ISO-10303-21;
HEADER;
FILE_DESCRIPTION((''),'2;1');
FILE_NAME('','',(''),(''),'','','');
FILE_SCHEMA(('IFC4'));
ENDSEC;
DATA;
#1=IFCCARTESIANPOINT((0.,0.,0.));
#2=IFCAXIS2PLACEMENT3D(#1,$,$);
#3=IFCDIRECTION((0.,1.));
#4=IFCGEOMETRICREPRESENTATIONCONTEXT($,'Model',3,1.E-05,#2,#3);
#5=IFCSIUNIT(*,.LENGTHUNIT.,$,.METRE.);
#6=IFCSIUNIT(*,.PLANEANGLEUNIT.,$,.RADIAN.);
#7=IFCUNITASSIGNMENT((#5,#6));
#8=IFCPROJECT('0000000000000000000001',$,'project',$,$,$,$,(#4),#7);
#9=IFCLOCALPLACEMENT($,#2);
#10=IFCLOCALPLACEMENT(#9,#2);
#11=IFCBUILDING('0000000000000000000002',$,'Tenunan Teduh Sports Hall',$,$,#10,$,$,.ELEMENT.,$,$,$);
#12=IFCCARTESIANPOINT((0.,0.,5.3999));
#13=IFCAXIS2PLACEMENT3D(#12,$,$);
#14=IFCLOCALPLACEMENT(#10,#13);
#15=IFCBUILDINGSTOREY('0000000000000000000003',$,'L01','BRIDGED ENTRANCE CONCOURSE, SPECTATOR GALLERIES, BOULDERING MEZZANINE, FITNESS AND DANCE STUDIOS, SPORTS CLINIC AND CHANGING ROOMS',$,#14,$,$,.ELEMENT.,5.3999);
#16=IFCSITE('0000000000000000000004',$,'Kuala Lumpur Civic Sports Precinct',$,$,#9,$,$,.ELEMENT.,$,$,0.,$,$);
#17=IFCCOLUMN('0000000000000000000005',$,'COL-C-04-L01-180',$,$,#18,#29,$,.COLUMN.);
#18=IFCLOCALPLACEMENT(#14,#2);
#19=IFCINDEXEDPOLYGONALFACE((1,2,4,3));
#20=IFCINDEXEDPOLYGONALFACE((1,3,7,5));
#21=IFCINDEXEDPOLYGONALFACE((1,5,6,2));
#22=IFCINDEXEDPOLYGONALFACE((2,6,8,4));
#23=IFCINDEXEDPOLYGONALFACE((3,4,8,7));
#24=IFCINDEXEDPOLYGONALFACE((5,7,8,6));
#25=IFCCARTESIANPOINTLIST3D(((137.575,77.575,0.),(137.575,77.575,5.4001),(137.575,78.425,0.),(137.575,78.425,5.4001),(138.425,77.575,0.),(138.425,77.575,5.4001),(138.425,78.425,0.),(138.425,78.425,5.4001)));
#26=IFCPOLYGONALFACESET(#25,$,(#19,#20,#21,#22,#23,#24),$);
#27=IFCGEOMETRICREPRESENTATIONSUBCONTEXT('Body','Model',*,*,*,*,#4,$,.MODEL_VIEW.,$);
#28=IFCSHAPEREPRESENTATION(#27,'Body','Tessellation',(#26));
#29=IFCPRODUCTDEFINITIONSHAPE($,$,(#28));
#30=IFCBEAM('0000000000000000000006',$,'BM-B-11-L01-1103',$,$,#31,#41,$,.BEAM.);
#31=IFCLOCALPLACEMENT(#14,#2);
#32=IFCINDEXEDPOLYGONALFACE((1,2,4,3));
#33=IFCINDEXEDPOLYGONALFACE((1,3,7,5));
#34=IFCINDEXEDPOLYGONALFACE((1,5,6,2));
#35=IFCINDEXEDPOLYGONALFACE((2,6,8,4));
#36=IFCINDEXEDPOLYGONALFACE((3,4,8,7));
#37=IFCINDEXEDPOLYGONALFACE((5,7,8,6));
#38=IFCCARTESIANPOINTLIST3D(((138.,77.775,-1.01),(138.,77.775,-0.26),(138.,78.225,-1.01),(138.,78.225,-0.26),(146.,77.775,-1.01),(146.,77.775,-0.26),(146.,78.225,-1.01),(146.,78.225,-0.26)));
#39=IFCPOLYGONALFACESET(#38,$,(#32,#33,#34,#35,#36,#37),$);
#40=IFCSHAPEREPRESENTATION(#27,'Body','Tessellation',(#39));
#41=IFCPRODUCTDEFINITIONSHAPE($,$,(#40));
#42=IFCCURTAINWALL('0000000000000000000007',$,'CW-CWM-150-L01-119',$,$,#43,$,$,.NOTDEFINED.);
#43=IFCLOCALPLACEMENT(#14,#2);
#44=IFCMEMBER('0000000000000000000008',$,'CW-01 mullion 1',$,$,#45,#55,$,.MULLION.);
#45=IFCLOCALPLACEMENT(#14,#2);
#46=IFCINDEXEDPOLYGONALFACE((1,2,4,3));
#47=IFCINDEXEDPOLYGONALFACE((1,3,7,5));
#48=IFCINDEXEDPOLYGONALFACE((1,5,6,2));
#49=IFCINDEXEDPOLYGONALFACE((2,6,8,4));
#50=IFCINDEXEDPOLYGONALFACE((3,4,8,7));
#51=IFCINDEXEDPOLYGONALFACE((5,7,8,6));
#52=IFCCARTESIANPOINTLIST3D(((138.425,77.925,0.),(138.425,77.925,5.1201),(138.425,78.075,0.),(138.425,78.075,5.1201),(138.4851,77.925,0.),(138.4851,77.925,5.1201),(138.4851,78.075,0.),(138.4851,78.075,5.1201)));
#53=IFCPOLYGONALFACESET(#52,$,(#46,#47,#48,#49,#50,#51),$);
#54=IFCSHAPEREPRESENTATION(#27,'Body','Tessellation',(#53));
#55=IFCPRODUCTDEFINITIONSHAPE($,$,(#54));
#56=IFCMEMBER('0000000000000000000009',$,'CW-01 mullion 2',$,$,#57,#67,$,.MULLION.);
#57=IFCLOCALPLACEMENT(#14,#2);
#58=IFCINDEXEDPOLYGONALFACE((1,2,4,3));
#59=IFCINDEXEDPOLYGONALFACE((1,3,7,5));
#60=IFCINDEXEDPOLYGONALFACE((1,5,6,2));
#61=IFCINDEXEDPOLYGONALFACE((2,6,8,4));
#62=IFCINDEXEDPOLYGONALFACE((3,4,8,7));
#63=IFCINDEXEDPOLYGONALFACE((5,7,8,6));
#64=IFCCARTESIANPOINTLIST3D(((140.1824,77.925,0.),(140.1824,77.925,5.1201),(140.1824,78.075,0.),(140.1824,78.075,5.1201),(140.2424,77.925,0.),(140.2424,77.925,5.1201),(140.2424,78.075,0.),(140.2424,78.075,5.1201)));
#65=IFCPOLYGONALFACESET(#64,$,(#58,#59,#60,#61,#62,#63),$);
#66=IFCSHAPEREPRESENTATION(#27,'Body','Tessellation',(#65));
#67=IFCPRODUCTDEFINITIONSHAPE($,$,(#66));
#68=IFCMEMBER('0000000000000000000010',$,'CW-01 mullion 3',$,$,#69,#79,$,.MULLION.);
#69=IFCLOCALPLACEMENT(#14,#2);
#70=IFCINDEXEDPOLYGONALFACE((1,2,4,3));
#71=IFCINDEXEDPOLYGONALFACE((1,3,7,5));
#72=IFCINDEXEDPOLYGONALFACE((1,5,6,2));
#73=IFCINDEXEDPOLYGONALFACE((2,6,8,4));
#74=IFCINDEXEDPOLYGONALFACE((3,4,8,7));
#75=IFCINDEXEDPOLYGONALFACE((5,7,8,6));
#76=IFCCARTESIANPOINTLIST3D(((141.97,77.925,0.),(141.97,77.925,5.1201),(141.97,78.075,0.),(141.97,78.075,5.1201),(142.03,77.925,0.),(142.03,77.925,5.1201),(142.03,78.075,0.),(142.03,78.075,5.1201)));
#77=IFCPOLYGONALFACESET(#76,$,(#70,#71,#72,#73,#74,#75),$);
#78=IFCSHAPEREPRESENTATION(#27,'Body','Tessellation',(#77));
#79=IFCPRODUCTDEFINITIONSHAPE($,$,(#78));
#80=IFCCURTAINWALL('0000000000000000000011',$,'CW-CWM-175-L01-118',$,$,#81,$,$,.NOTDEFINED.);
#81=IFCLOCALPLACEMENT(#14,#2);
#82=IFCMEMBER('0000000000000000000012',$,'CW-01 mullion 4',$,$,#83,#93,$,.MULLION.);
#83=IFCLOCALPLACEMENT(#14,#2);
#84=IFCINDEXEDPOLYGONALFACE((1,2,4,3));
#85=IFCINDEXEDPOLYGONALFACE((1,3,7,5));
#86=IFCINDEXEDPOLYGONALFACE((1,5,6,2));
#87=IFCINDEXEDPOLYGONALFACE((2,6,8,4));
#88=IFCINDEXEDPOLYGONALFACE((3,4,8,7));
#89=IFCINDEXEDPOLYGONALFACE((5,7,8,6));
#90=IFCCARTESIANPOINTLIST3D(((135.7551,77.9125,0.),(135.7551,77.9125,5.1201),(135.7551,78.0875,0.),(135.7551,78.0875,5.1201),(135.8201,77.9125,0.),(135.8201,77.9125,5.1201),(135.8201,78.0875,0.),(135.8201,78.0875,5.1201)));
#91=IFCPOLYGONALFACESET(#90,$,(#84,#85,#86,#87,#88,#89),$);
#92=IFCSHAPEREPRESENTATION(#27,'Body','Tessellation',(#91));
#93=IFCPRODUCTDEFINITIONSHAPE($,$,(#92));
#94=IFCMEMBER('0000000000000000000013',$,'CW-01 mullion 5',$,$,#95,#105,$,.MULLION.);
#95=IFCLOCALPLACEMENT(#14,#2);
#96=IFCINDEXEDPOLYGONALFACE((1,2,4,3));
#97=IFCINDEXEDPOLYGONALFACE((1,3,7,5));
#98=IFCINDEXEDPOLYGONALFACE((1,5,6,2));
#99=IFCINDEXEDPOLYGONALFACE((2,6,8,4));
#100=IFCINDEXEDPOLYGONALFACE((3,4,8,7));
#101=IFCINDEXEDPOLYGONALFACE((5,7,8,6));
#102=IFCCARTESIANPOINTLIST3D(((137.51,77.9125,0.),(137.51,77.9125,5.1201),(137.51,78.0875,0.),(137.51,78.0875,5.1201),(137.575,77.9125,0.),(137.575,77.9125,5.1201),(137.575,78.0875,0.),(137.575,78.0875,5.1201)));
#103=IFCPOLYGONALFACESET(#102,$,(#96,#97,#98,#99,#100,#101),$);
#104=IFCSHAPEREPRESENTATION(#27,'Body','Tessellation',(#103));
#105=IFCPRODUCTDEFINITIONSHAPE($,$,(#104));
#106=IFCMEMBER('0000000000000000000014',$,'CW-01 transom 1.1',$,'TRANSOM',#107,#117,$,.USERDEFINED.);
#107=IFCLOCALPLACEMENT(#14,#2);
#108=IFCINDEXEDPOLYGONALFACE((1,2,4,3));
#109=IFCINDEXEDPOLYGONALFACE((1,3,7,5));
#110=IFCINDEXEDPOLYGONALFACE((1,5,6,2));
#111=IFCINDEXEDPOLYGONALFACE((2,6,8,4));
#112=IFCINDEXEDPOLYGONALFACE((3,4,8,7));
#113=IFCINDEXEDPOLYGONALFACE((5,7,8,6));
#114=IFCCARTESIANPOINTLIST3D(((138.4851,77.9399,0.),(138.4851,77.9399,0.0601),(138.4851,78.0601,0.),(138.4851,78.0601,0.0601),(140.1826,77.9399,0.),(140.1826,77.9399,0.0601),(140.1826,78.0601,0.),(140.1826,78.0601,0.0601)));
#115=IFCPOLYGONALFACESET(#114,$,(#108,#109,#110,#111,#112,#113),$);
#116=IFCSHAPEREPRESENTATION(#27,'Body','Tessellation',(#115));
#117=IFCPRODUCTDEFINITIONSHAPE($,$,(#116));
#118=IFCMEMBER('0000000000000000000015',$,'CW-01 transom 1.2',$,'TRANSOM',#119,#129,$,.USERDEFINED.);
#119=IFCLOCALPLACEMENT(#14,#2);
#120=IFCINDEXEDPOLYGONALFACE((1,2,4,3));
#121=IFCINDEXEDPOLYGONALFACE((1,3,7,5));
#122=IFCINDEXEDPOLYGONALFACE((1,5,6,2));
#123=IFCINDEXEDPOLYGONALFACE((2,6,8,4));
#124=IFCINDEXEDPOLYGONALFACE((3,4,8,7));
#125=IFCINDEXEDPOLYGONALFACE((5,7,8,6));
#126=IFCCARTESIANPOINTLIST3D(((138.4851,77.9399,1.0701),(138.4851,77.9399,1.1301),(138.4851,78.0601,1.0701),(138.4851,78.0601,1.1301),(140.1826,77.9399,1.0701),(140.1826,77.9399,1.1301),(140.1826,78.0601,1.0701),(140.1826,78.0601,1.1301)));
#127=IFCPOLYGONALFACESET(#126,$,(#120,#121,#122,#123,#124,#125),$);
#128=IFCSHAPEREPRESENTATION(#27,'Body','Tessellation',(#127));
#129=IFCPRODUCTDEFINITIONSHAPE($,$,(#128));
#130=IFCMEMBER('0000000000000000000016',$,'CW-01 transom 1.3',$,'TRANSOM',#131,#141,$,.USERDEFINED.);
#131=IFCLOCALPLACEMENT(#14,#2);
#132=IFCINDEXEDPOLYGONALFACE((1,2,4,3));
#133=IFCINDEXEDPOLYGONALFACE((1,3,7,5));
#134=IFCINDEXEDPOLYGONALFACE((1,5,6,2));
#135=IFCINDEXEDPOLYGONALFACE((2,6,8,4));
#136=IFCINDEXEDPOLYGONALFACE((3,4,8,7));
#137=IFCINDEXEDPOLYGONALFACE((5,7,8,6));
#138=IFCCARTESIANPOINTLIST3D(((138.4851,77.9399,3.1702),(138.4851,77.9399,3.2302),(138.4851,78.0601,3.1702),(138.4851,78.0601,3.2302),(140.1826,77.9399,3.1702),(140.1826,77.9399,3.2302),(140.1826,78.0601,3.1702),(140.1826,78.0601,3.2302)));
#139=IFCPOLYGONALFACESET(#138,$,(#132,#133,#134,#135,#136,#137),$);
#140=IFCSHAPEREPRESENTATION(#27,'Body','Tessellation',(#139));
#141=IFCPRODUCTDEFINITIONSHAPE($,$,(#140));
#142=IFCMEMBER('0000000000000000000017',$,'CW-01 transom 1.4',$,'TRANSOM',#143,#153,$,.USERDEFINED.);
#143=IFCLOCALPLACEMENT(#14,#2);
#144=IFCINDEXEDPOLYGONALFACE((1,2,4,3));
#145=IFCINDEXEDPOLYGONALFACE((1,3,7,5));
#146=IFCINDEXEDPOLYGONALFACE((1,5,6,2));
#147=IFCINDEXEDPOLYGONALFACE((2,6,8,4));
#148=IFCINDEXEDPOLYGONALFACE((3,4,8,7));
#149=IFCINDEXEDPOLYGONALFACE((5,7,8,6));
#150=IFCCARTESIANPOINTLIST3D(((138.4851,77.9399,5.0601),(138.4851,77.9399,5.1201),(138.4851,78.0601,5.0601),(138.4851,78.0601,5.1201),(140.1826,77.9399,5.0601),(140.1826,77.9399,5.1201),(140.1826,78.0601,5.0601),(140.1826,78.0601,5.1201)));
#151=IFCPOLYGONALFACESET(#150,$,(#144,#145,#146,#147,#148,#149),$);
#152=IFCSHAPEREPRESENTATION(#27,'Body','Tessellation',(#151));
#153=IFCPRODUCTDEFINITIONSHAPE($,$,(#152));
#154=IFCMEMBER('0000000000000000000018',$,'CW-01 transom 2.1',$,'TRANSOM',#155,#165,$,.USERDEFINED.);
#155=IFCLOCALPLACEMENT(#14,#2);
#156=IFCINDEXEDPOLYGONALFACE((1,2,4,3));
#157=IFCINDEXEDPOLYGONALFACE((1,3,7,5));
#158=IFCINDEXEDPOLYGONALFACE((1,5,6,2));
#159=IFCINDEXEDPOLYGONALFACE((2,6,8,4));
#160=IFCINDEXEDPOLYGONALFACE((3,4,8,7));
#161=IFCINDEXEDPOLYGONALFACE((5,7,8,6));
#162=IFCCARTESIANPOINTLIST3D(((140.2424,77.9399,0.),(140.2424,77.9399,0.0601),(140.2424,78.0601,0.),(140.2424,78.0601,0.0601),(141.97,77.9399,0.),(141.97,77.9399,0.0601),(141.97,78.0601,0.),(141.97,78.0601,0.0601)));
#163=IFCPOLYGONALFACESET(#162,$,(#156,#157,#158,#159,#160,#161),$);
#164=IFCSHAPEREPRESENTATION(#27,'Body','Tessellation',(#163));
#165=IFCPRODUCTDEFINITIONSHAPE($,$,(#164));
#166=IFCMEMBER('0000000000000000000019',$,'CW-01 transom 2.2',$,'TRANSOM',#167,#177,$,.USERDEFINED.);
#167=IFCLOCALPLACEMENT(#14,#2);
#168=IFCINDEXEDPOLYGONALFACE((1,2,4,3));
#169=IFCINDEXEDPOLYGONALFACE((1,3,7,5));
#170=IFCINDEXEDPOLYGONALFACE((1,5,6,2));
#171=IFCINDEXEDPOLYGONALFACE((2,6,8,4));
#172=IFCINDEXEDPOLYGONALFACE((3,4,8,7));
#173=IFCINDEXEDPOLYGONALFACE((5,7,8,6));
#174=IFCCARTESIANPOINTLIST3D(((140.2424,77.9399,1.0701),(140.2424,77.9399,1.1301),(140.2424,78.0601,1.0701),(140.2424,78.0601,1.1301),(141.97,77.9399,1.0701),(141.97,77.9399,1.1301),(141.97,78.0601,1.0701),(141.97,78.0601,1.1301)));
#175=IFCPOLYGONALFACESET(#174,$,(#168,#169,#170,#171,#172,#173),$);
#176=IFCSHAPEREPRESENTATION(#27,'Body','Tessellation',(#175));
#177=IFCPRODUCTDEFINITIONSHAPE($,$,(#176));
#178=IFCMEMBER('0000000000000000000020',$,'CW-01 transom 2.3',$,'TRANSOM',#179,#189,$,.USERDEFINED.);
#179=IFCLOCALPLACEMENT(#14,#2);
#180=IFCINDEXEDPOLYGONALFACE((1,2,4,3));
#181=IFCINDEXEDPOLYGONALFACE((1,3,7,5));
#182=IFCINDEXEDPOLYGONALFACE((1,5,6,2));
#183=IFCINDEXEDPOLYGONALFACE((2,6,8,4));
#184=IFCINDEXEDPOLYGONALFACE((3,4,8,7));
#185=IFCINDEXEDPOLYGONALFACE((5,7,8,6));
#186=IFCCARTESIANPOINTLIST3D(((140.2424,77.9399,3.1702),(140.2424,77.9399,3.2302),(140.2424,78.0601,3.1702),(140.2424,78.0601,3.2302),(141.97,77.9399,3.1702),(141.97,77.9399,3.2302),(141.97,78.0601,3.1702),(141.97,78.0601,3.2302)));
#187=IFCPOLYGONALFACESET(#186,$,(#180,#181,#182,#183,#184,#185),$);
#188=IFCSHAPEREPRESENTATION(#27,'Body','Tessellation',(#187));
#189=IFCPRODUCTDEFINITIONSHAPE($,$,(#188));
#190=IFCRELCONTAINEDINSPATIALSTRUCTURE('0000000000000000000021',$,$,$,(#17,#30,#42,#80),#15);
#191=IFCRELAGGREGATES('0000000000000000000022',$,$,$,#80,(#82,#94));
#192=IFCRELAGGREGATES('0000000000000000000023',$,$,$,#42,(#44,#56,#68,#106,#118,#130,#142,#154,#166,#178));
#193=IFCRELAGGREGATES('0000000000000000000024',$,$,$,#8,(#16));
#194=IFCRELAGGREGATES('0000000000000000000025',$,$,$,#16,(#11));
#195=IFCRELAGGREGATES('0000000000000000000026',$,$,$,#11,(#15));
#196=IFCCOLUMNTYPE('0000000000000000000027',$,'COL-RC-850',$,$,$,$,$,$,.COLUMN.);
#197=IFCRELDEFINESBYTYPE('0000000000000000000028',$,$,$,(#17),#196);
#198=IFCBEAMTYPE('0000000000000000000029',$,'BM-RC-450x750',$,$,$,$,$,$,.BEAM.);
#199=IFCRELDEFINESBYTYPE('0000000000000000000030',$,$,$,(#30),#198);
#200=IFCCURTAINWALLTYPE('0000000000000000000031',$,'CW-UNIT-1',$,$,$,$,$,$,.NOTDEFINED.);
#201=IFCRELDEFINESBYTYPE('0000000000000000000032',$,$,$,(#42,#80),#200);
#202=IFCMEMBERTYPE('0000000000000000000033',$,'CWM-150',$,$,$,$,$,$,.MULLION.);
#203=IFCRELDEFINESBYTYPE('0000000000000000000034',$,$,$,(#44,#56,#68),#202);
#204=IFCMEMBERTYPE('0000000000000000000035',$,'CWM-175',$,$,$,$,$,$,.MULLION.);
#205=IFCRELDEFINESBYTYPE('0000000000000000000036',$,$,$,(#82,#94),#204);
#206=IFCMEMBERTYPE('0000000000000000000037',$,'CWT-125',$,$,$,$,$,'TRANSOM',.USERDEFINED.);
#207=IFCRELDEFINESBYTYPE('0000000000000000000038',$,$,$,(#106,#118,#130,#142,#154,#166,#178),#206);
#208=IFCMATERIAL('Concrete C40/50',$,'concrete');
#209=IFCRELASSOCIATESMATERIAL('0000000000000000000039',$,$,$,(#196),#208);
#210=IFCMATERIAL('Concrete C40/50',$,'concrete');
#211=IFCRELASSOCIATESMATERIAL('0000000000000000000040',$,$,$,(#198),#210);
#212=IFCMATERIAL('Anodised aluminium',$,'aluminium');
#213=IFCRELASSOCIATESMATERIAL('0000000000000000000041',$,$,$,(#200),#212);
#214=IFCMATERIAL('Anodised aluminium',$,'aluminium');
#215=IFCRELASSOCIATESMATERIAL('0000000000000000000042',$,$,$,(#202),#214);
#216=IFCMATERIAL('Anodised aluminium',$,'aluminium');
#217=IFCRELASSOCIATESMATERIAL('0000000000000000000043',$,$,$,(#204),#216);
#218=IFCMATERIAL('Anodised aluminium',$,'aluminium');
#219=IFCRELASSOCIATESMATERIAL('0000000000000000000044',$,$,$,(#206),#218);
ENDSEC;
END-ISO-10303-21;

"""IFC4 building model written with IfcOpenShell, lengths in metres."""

from ifc_helpers import new_model, si_unit, direction, frame, origin, origin_2d, place, context, subcontext, project, spatial, rectangle, extrude, material, material_profile, profile_set, type_object, element, aggregate, save


model = new_model("IFC4")

# Units and contexts
model_context = context("Model", 3, precision=1e-05, world=origin(), true_north=direction((0.0, 1.0)))
body_context = subcontext(model_context, "Body", "Model", "MODEL_VIEW")
ifc_project = project(units=[si_unit("LENGTHUNIT", "METRE"), si_unit("PLANEANGLEUNIT", "RADIAN")], contexts=[model_context])

# Site, building, storey
site_placement = place(None, origin())
site = spatial("IfcSite", under=ifc_project, at=site_placement, Name="Kuala Lumpur Civic Sports Precinct", CompositionType="ELEMENT", RefElevation=0.0)
building_placement = place(site_placement, origin())
building = spatial("IfcBuilding", under=site, at=building_placement, Name="Tenunan Teduh Sports Hall", CompositionType="ELEMENT")
storey_placement = place(building_placement, frame((0.0, 0.0, 5.3999)))
storey = spatial("IfcBuildingStorey", under=building, at=storey_placement, Name="L01", Description="BRIDGED ENTRANCE CONCOURSE, SPECTATOR GALLERIES, BOULDERING MEZZANINE, FITNESS AND DANCE STUDIOS, SPORTS CLINIC AND CHANGING ROOMS", CompositionType="ELEMENT", Elevation=5.3999)

# Column
ifc_material_1 = material(Name="Concrete C40/50", Category="concrete")
ifc_material_profile_1 = material_profile(ifc_material_1, rectangle(XDim=0.8501, YDim=0.8501, at=origin_2d()), Name="RC 850x850")
ifc_profile_set_1 = profile_set([ifc_material_profile_1], Name="Concrete C40/50")
column_type = type_object("IfcColumnType", Name="COL-RC-850", PredefinedType="COLUMN", material=ifc_profile_set_1)
column_placement = place(storey_placement, frame((138.0, 78.0, 0.0), z_axis=(0.0, 0.0, 1.0), x_axis=(1.0, 0.0, 0.0)))
element("IfcColumn", 1, at=column_placement, inside=storey, type_object=column_type, Name="COL-C-04-L01-180", PredefinedType="COLUMN", context=body_context, shape_type="SweptSolid", body=[
    extrude(rectangle(XDim=0.8501, YDim=0.8501, at=origin_2d()), origin(), (0.0, 0.0, 1.0), 5.4001),
])

# Beam
ifc_material_2 = material(Name="Concrete C40/50", Category="concrete")
ifc_material_profile_2 = material_profile(ifc_material_2, rectangle(XDim=0.45, YDim=0.75, at=origin_2d()), Name="RCB 450x750")
ifc_profile_set_2 = profile_set([ifc_material_profile_2], Name="Concrete C40/50")
beam_type = type_object("IfcBeamType", Name="BM-RC-450x750", PredefinedType="BEAM", material=ifc_profile_set_2)
beam_placement = place(storey_placement, frame((138.0, 78.0, -0.635), z_axis=(1.0, 0.0, 0.0), x_axis=(0.0, 1.0, 0.0)))
element("IfcBeam", 2, at=beam_placement, inside=storey, type_object=beam_type, Name="BM-B-11-L01-1103", PredefinedType="BEAM", context=body_context, shape_type="SweptSolid", body=[
    extrude(rectangle(XDim=0.45, YDim=0.75, at=origin_2d()), origin(), (0.0, 0.0, 1.0), 8.0),
])

# Curtain walls, members
ifc_material_3 = material(Name="Anodised aluminium", Category="aluminium")
curtain_wall_type = type_object("IfcCurtainWallType", Name="CW-UNIT-1", PredefinedType="NOTDEFINED", material=ifc_material_3)
curtain_wall_1_placement = place(storey_placement, origin())
curtain_wall_1 = element("IfcCurtainWall", 3, at=curtain_wall_1_placement, inside=storey, type_object=curtain_wall_type, Name="CW-CWM-150-L01-119", PredefinedType="NOTDEFINED")
ifc_material_4 = material(Name="Anodised aluminium", Category="aluminium")
ifc_material_profile_3 = material_profile(ifc_material_4, rectangle(XDim=0.0601, YDim=0.1499, at=origin_2d()), Name="CWM 60x150")
ifc_profile_set_3 = profile_set([ifc_material_profile_3], Name="Anodised aluminium")
member_type_1 = type_object("IfcMemberType", Name="CWM-150", PredefinedType="MULLION", material=ifc_profile_set_3)
member_1_placement = place(storey_placement, frame((138.4551, 78.0, 0.0), z_axis=(0.0, 0.0, 1.0), x_axis=(1.0, 0.0, 0.0)))
member_1 = element("IfcMember", 4, at=member_1_placement, type_object=member_type_1, Name="CW-01 mullion 1", PredefinedType="MULLION", context=body_context, shape_type="SweptSolid", body=[
    extrude(rectangle(XDim=0.0601, YDim=0.1499, at=origin_2d()), origin(), (0.0, 0.0, 1.0), 5.1201),
])
member_2_placement = place(storey_placement, frame((140.2124, 78.0, 0.0), z_axis=(0.0, 0.0, 1.0), x_axis=(1.0, 0.0, 0.0)))
member_2 = element("IfcMember", 5, at=member_2_placement, type_object=member_type_1, Name="CW-01 mullion 2", PredefinedType="MULLION", context=body_context, shape_type="SweptSolid", body=[
    extrude(rectangle(XDim=0.0601, YDim=0.1499, at=origin_2d()), origin(), (0.0, 0.0, 1.0), 5.1201),
])
member_3_placement = place(storey_placement, frame((142.0, 78.0, 0.0), z_axis=(0.0, 0.0, 1.0), x_axis=(1.0, 0.0, 0.0)))
member_3 = element("IfcMember", 6, at=member_3_placement, type_object=member_type_1, Name="CW-01 mullion 3", PredefinedType="MULLION", context=body_context, shape_type="SweptSolid", body=[
    extrude(rectangle(XDim=0.0601, YDim=0.1499, at=origin_2d()), origin(), (0.0, 0.0, 1.0), 5.1201),
])
curtain_wall_2_placement = place(storey_placement, origin())
curtain_wall_2 = element("IfcCurtainWall", 7, at=curtain_wall_2_placement, inside=storey, type_object=curtain_wall_type, Name="CW-CWM-175-L01-118", PredefinedType="NOTDEFINED")
ifc_material_5 = material(Name="Anodised aluminium", Category="aluminium")
ifc_material_profile_4 = material_profile(ifc_material_5, rectangle(XDim=0.0649, YDim=0.175, at=origin_2d()), Name="CWM 65x175")
ifc_profile_set_4 = profile_set([ifc_material_profile_4], Name="Anodised aluminium")
member_type_2 = type_object("IfcMemberType", Name="CWM-175", PredefinedType="MULLION", material=ifc_profile_set_4)
member_4_placement = place(storey_placement, frame((135.7876, 78.0, 0.0), z_axis=(0.0, 0.0, 1.0), x_axis=(1.0, 0.0, 0.0)))
member_4 = element("IfcMember", 8, at=member_4_placement, type_object=member_type_2, Name="CW-01 mullion 4", PredefinedType="MULLION", context=body_context, shape_type="SweptSolid", body=[
    extrude(rectangle(XDim=0.0649, YDim=0.175, at=origin_2d()), origin(), (0.0, 0.0, 1.0), 5.1201),
])
member_5_placement = place(storey_placement, frame((137.5425, 78.0, 0.0), z_axis=(0.0, 0.0, 1.0), x_axis=(1.0, 0.0, 0.0)))
member_5 = element("IfcMember", 9, at=member_5_placement, type_object=member_type_2, Name="CW-01 mullion 5", PredefinedType="MULLION", context=body_context, shape_type="SweptSolid", body=[
    extrude(rectangle(XDim=0.0649, YDim=0.175, at=origin_2d()), origin(), (0.0, 0.0, 1.0), 5.1201),
])

# Members
ifc_material_6 = material(Name="Anodised aluminium", Category="aluminium")
ifc_material_profile_5 = material_profile(ifc_material_6, rectangle(XDim=0.0601, YDim=0.1201, at=origin_2d()), Name="CWT 60x120")
ifc_profile_set_5 = profile_set([ifc_material_profile_5], Name="Anodised aluminium")
member_type_3 = type_object("IfcMemberType", Name="CWT-125", ElementType="TRANSOM", PredefinedType="USERDEFINED", material=ifc_profile_set_5)
member_6_placement = place(storey_placement, frame((138.4851, 78.0, 0.03), z_axis=(1.0, 0.0, 0.0), x_axis=(0.0, 0.0, 1.0)))
member_6 = element("IfcMember", 10, at=member_6_placement, type_object=member_type_3, Name="CW-01 transom 1.1", ObjectType="TRANSOM", PredefinedType="USERDEFINED", context=body_context, shape_type="SweptSolid", body=[
    extrude(rectangle(XDim=0.0601, YDim=0.1201, at=origin_2d()), origin(), (0.0, 0.0, 1.0), 1.6975),
])
member_7_placement = place(storey_placement, frame((138.4851, 78.0, 1.1001), z_axis=(1.0, 0.0, 0.0), x_axis=(0.0, 0.0, 1.0)))
member_7 = element("IfcMember", 11, at=member_7_placement, type_object=member_type_3, Name="CW-01 transom 1.2", ObjectType="TRANSOM", PredefinedType="USERDEFINED", context=body_context, shape_type="SweptSolid", body=[
    extrude(rectangle(XDim=0.0601, YDim=0.1201, at=origin_2d()), origin(), (0.0, 0.0, 1.0), 1.6975),
])
member_8_placement = place(storey_placement, frame((138.4851, 78.0, 3.2002), z_axis=(1.0, 0.0, 0.0), x_axis=(0.0, 0.0, 1.0)))
member_8 = element("IfcMember", 12, at=member_8_placement, type_object=member_type_3, Name="CW-01 transom 1.3", ObjectType="TRANSOM", PredefinedType="USERDEFINED", context=body_context, shape_type="SweptSolid", body=[
    extrude(rectangle(XDim=0.0601, YDim=0.1201, at=origin_2d()), origin(), (0.0, 0.0, 1.0), 1.6975),
])
member_9_placement = place(storey_placement, frame((138.4851, 78.0, 5.0901), z_axis=(1.0, 0.0, 0.0), x_axis=(0.0, 0.0, 1.0)))
member_9 = element("IfcMember", 13, at=member_9_placement, type_object=member_type_3, Name="CW-01 transom 1.4", ObjectType="TRANSOM", PredefinedType="USERDEFINED", context=body_context, shape_type="SweptSolid", body=[
    extrude(rectangle(XDim=0.0601, YDim=0.1201, at=origin_2d()), origin(), (0.0, 0.0, 1.0), 1.6975),
])
member_10_placement = place(storey_placement, frame((140.2424, 78.0, 0.03), z_axis=(1.0, 0.0, 0.0), x_axis=(0.0, 0.0, 1.0)))
member_10 = element("IfcMember", 14, at=member_10_placement, type_object=member_type_3, Name="CW-01 transom 2.1", ObjectType="TRANSOM", PredefinedType="USERDEFINED", context=body_context, shape_type="SweptSolid", body=[
    extrude(rectangle(XDim=0.0601, YDim=0.1201, at=origin_2d()), origin(), (0.0, 0.0, 1.0), 1.7275),
])
member_11_placement = place(storey_placement, frame((140.2424, 78.0, 1.1001), z_axis=(1.0, 0.0, 0.0), x_axis=(0.0, 0.0, 1.0)))
member_11 = element("IfcMember", 15, at=member_11_placement, type_object=member_type_3, Name="CW-01 transom 2.2", ObjectType="TRANSOM", PredefinedType="USERDEFINED", context=body_context, shape_type="SweptSolid", body=[
    extrude(rectangle(XDim=0.0601, YDim=0.1201, at=origin_2d()), origin(), (0.0, 0.0, 1.0), 1.7275),
])
member_12_placement = place(storey_placement, frame((140.2424, 78.0, 3.2002), z_axis=(1.0, 0.0, 0.0), x_axis=(0.0, 0.0, 1.0)))
member_12 = element("IfcMember", 16, at=member_12_placement, type_object=member_type_3, Name="CW-01 transom 2.3", ObjectType="TRANSOM", PredefinedType="USERDEFINED", context=body_context, shape_type="SweptSolid", body=[
    extrude(rectangle(XDim=0.0601, YDim=0.1201, at=origin_2d()), origin(), (0.0, 0.0, 1.0), 1.7275),
])

aggregate(curtain_wall_2, [member_4, member_5])
aggregate(curtain_wall_1, [member_1, member_2, member_3, member_6, member_7, member_8, member_9, member_10, member_11, member_12])

save(model, "model.ifc")
